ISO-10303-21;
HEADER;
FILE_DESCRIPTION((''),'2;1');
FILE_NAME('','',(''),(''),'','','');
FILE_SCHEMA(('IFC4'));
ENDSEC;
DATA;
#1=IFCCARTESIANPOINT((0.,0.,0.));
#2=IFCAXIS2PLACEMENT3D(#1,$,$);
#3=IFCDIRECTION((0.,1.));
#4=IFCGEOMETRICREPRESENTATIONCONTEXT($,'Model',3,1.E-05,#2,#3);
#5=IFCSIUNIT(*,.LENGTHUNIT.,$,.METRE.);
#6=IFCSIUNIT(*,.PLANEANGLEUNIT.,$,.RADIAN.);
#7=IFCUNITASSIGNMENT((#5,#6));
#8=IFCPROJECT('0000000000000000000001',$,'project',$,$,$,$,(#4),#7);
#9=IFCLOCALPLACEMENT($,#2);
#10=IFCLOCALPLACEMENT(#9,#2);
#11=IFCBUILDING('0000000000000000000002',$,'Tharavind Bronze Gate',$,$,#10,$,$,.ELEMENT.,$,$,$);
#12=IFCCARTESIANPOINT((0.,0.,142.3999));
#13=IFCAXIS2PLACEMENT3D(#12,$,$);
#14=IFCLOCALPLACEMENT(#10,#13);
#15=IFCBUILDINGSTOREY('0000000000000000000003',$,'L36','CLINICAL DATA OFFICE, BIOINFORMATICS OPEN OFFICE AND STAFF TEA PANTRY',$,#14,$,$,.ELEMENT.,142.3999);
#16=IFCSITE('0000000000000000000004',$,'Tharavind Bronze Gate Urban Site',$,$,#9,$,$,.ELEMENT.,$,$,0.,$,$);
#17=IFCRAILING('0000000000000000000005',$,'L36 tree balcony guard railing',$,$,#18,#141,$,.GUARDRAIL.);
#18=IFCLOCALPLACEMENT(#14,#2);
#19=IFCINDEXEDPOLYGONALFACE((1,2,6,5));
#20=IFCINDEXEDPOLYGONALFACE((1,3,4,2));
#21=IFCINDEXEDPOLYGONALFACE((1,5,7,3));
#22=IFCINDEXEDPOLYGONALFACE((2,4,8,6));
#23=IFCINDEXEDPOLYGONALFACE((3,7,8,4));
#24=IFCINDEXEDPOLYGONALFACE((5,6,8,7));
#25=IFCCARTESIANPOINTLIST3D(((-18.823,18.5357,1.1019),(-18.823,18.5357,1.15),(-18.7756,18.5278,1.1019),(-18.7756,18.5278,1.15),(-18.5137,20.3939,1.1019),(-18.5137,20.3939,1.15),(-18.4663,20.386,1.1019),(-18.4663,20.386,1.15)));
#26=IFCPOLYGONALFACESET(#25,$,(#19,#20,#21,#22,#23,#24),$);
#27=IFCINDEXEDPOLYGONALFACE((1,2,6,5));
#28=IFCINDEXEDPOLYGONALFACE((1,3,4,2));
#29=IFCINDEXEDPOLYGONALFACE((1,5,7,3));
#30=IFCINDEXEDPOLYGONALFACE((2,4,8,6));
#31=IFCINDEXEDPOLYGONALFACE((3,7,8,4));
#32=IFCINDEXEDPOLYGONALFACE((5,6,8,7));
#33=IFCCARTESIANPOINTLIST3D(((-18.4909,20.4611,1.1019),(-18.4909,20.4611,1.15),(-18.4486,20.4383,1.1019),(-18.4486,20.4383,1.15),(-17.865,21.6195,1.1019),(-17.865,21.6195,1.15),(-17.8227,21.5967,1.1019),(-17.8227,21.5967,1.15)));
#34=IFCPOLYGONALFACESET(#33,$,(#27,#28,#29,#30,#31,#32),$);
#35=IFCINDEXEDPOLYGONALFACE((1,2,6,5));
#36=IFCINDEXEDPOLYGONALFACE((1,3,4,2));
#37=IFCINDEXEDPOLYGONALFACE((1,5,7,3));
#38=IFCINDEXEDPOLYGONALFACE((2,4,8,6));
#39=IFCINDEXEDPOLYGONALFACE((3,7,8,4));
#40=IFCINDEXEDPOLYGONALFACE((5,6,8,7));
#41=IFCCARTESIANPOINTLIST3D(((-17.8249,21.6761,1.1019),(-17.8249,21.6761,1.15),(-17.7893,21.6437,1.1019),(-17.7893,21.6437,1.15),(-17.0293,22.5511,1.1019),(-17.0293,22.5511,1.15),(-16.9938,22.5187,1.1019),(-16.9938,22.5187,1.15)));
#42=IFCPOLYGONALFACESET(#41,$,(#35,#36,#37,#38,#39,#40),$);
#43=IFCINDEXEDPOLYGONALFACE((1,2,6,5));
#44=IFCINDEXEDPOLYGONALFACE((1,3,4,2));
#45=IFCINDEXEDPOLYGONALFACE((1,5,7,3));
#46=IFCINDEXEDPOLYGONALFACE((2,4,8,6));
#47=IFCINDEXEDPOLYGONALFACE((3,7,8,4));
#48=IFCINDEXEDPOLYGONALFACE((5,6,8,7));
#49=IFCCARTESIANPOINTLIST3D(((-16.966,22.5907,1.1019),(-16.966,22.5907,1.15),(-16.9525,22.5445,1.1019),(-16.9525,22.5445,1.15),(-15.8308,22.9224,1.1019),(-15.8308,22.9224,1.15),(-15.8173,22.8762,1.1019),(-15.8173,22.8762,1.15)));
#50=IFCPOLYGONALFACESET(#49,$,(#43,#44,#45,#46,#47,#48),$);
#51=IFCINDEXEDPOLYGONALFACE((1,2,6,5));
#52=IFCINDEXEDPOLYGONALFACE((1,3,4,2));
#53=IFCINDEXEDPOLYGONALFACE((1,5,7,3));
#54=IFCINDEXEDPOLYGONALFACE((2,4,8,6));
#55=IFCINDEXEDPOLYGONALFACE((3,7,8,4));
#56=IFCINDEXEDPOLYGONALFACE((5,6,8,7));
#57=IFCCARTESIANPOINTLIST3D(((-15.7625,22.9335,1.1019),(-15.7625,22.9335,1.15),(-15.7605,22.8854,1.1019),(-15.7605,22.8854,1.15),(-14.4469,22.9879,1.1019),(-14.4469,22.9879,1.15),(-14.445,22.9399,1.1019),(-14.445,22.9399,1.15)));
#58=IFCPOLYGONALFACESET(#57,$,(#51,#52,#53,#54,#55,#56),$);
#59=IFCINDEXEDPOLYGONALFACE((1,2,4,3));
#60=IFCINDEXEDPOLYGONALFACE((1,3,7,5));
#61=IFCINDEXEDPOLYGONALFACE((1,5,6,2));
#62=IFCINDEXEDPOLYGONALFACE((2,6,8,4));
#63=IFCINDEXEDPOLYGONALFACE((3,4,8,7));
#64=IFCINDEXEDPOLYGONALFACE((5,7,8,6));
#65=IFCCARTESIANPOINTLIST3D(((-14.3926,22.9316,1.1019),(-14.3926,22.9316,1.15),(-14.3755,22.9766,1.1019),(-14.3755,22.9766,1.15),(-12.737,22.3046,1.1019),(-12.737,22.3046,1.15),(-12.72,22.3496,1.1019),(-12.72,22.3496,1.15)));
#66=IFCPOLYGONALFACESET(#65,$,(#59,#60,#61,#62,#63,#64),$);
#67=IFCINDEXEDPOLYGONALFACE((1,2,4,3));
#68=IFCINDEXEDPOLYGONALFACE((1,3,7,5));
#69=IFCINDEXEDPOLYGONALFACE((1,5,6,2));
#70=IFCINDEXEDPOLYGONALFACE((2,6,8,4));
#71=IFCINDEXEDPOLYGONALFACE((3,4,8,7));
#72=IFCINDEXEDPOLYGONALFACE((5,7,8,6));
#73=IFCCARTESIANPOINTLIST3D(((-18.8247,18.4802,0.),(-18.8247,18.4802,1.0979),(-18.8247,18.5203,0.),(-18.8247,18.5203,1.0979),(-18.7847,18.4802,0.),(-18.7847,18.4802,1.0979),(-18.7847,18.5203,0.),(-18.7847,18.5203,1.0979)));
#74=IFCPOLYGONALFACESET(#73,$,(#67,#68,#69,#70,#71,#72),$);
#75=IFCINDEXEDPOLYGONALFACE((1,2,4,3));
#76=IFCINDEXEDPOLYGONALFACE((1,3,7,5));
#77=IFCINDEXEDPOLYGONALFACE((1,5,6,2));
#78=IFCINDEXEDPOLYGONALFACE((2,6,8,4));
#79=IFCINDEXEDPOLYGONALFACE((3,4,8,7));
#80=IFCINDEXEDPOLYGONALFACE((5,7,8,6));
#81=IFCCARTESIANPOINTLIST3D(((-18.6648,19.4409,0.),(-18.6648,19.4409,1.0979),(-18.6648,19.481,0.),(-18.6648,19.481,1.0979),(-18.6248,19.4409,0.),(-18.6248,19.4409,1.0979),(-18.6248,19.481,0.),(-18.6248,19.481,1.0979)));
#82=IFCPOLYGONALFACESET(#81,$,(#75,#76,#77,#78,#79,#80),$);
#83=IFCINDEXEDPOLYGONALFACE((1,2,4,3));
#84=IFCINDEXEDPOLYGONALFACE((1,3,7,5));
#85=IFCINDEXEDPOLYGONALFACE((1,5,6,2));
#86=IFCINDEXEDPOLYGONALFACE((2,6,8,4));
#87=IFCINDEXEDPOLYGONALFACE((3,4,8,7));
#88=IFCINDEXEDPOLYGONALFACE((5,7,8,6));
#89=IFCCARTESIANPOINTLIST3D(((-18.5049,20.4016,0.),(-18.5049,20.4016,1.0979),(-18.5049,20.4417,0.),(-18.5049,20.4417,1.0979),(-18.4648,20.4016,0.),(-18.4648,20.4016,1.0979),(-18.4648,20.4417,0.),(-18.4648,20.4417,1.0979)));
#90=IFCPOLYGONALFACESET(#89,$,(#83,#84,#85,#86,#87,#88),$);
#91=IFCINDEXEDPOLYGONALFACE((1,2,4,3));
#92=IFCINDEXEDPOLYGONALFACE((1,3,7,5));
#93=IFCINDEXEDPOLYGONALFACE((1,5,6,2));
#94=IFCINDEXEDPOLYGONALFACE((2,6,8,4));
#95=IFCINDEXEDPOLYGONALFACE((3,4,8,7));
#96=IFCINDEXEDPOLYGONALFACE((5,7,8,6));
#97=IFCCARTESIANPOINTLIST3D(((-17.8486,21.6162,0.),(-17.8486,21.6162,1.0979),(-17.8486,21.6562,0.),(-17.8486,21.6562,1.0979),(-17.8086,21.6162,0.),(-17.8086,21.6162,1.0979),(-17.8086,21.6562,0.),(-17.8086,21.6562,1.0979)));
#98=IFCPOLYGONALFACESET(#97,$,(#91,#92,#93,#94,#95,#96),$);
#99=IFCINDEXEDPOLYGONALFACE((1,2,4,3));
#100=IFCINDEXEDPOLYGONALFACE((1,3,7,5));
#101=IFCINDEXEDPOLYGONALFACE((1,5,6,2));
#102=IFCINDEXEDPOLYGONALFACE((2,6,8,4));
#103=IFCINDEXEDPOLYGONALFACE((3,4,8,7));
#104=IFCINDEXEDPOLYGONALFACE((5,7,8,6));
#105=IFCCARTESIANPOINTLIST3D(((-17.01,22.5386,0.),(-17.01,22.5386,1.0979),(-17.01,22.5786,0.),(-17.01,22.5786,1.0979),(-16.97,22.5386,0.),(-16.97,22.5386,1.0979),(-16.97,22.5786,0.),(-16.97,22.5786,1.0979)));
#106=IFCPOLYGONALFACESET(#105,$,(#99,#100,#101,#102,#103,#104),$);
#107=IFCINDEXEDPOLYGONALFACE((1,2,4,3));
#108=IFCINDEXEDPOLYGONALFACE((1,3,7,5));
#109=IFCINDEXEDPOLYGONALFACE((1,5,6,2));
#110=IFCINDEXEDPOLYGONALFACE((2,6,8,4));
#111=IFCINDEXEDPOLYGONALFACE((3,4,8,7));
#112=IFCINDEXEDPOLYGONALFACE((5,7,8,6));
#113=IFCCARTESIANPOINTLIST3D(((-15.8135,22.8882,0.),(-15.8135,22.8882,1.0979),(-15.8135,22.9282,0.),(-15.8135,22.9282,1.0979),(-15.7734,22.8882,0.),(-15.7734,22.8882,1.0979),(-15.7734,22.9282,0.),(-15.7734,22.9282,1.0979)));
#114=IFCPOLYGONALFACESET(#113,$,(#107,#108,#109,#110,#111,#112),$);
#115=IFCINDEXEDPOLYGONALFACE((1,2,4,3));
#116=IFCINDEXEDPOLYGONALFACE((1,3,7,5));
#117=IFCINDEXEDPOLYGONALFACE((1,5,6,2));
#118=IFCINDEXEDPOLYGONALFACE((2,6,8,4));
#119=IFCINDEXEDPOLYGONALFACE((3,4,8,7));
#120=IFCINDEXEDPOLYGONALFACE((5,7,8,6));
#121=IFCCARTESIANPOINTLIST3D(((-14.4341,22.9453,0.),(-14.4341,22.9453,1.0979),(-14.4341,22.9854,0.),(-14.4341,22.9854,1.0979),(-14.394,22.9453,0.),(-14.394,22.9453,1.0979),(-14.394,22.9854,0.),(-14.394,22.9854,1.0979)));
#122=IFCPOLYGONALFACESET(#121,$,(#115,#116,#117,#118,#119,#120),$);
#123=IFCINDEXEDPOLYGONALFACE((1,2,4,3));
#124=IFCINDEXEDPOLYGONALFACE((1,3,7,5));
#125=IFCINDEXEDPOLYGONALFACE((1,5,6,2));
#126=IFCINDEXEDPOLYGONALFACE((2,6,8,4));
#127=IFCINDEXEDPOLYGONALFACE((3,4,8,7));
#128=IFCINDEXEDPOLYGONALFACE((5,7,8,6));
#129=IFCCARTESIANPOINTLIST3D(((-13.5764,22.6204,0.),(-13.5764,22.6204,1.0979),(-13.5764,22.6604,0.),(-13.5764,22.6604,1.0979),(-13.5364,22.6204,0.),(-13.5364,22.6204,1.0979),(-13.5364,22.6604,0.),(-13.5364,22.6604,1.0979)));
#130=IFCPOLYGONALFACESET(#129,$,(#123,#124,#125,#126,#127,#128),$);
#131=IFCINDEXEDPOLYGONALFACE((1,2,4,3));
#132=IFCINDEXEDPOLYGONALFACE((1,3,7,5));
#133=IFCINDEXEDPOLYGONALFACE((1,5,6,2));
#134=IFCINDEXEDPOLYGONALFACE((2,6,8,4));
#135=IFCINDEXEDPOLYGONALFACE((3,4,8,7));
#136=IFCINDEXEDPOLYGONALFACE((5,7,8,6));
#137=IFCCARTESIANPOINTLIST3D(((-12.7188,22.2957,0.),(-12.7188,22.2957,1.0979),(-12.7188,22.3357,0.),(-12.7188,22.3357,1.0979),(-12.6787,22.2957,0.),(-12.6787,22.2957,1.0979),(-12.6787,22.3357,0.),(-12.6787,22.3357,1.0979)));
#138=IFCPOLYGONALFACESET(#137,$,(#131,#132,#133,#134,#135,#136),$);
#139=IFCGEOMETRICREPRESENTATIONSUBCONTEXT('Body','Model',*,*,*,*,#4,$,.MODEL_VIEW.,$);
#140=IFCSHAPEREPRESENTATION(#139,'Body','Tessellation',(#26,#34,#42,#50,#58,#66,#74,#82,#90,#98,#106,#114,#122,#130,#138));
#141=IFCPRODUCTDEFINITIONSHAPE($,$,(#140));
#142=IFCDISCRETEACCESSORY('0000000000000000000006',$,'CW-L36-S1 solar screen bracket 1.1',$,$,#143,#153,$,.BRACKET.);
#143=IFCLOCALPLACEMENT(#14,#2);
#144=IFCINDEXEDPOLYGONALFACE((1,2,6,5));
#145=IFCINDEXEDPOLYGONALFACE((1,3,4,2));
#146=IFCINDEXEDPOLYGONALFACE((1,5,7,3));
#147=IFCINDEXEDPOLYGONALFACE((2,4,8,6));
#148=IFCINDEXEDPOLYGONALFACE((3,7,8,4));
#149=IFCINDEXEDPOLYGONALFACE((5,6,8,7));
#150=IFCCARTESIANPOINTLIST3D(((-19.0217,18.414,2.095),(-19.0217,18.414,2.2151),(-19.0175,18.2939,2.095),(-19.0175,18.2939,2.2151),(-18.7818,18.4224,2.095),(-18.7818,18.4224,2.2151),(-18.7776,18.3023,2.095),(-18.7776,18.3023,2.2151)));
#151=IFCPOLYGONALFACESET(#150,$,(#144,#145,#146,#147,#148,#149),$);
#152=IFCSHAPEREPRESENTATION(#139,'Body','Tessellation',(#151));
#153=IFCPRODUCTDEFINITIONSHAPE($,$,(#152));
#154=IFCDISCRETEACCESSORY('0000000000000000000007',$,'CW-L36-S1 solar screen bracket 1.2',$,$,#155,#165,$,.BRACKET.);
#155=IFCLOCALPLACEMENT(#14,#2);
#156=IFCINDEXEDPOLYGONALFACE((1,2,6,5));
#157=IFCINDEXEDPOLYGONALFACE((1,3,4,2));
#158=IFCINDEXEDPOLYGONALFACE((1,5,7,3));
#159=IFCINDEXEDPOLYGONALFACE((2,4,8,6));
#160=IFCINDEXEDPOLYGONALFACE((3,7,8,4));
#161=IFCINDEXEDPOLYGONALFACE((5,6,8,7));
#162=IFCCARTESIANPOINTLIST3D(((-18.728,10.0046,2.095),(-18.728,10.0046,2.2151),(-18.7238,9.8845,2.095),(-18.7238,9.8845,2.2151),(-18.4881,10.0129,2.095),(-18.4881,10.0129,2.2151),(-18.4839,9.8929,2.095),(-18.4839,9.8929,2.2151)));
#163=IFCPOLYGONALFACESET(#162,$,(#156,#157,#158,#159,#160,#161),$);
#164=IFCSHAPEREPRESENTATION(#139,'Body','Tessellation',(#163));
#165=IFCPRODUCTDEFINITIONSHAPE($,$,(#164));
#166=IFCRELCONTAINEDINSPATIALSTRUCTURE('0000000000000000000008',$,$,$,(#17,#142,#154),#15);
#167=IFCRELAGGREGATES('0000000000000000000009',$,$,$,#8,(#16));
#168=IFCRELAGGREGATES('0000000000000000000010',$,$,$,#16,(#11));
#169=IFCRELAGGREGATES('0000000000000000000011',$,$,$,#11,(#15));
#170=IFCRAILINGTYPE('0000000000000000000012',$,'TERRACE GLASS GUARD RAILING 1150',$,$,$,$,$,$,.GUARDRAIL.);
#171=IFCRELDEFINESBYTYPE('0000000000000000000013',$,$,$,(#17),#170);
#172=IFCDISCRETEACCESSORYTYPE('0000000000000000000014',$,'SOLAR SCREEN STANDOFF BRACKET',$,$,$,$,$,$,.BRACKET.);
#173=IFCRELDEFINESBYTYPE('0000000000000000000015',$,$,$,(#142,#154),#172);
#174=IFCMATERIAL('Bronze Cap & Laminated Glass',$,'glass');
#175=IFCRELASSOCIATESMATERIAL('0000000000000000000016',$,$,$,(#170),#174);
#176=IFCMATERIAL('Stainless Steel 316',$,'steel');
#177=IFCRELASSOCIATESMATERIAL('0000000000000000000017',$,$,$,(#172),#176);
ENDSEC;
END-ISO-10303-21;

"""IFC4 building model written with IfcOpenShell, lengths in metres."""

from ifc_helpers import new_model, si_unit, direction, frame, origin, origin_2d, place, context, subcontext, project, spatial, rectangle, extrude, material, type_object, element, save


model = new_model("IFC4")

# Units and contexts
model_context = context("Model", 3, precision=1e-05, world=origin(), true_north=direction((0.0, 1.0)))
body_context = subcontext(model_context, "Body", "Model", "MODEL_VIEW")
ifc_project = project(units=[si_unit("LENGTHUNIT", "METRE"), si_unit("PLANEANGLEUNIT", "RADIAN")], contexts=[model_context])

# Site, building, storey
site_placement = place(None, origin())
site = spatial("IfcSite", under=ifc_project, at=site_placement, Name="Tharavind Bronze Gate Urban Site", CompositionType="ELEMENT", RefElevation=0.0)
building_placement = place(site_placement, origin())
building = spatial("IfcBuilding", under=site, at=building_placement, Name="Tharavind Bronze Gate", CompositionType="ELEMENT")
storey_placement = place(building_placement, frame((0.0, 0.0, 142.3999)))
storey = spatial("IfcBuildingStorey", under=building, at=storey_placement, Name="L36", Description="CLINICAL DATA OFFICE, BIOINFORMATICS OPEN OFFICE AND STAFF TEA PANTRY", CompositionType="ELEMENT", Elevation=142.3999)

# Railing
ifc_material_1 = material(Name="Bronze Cap & Laminated Glass", Category="glass")
railing_type = type_object("IfcRailingType", Name="TERRACE GLASS GUARD RAILING 1150", PredefinedType="GUARDRAIL", material=ifc_material_1)
railing_placement = place(storey_placement, frame((-18.8047, 18.5002, 0.0)))
element("IfcRailing", 1, at=railing_placement, inside=storey, type_object=railing_type, Name="L36 tree balcony guard railing", PredefinedType="GUARDRAIL", context=body_context, shape_type="SweptSolid", body=[
    extrude(rectangle(XDim=0.0481, YDim=0.0481, at=origin_2d()), frame((0.0054, 0.0315, 1.126), z_axis=(0.164196, 0.986428, 0.0), x_axis=(-0.986428, 0.164196, 0.0)), (0.0, 0.0, 1.0), 1.8838),
    extrude(rectangle(XDim=0.0481, YDim=0.0481, at=origin_2d()), frame((0.335, 1.9495, 1.126), z_axis=(0.475354, 0.879794, 0.0), x_axis=(-0.879794, 0.475354, 0.0)), (0.0, 0.0, 1.0), 1.3167),
    extrude(rectangle(XDim=0.0481, YDim=0.0481, at=origin_2d()), frame((0.9976, 3.1597, 1.126), z_axis=(0.672722, 0.739896, 0.0), x_axis=(-0.739896, 0.672722, 0.0)), (0.0, 0.0, 1.0), 1.1826),
    extrude(rectangle(XDim=0.0481, YDim=0.0481, at=origin_2d()), frame((1.8455, 4.0674, 1.126), z_axis=(0.959866, 0.280459, 0.0), x_axis=(-0.280459, 0.959866, 0.0)), (0.0, 0.0, 1.0), 1.1826),
    extrude(rectangle(XDim=0.0481, YDim=0.0481, at=origin_2d()), frame((3.0432, 4.4092, 1.126), z_axis=(0.999143, 0.04138, 0.0), x_axis=(-0.04138, 0.999143, 0.0)), (0.0, 0.0, 1.0), 1.3167),
    extrude(rectangle(XDim=0.0481, YDim=0.0481, at=origin_2d()), frame((4.4207, 4.4539, 1.126), z_axis=(0.935175, -0.354185, 0.0), x_axis=(0.354185, 0.935175, 0.0)), (0.0, 0.0, 1.0), 1.7703),
    extrude(rectangle(XDim=0.04, YDim=0.04, at=origin_2d()), origin(), (0.0, 0.0, 1.0), 1.0979),
    extrude(rectangle(XDim=0.04, YDim=0.04, at=origin_2d()), frame((0.1599, 0.9607, 0.0)), (0.0, 0.0, 1.0), 1.0979),
    extrude(rectangle(XDim=0.04, YDim=0.04, at=origin_2d()), frame((0.3198, 1.9214, 0.0)), (0.0, 0.0, 1.0), 1.0979),
    extrude(rectangle(XDim=0.04, YDim=0.04, at=origin_2d()), frame((0.9761, 3.136, 0.0)), (0.0, 0.0, 1.0), 1.0979),
    extrude(rectangle(XDim=0.04, YDim=0.04, at=origin_2d()), frame((1.8147, 4.0583, 0.0)), (0.0, 0.0, 1.0), 1.0979),
    extrude(rectangle(XDim=0.04, YDim=0.04, at=origin_2d()), frame((3.0112, 4.408, 0.0)), (0.0, 0.0, 1.0), 1.0979),
    extrude(rectangle(XDim=0.04, YDim=0.04, at=origin_2d()), frame((4.3906, 4.4651, 0.0)), (0.0, 0.0, 1.0), 1.0979),
    extrude(rectangle(XDim=0.04, YDim=0.04, at=origin_2d()), frame((5.2483, 4.1401, 0.0)), (0.0, 0.0, 1.0), 1.0979),
    extrude(rectangle(XDim=0.04, YDim=0.04, at=origin_2d()), frame((6.106, 3.8154, 0.0)), (0.0, 0.0, 1.0), 1.0979),
])

# Discrete accessories
ifc_material_2 = material(Name="Stainless Steel 316", Category="steel")
discrete_accessory_type = type_object("IfcDiscreteAccessoryType", Name="SOLAR SCREEN STANDOFF BRACKET", PredefinedType="BRACKET", material=ifc_material_2)
for number, where, z_axis, x_axis, name in (
    (2, (-18.8997, 18.3582, 2.095), (0.0, 0.0, 1.0), (0.034899, -0.999391, 0.0), "CW-L36-S1 solar screen bracket 1.1"),
    (3, (-18.606, 9.9487, 2.095), (0.0, 0.0, 1.0), (0.034899, -0.999391, 0.0), "CW-L36-S1 solar screen bracket 1.2"),
):
    element("IfcDiscreteAccessory", number, at=place(storey_placement, frame(where, z_axis=z_axis, x_axis=x_axis)), inside=storey, type_object=discrete_accessory_type, Name=name, PredefinedType="BRACKET", context=body_context, shape_type="SweptSolid", body=[
        extrude(rectangle(XDim=0.1201, YDim=0.24, at=origin_2d()), origin(), (0.0, 0.0, 1.0), 0.1201),
    ])

save(model, "model.ifc")
